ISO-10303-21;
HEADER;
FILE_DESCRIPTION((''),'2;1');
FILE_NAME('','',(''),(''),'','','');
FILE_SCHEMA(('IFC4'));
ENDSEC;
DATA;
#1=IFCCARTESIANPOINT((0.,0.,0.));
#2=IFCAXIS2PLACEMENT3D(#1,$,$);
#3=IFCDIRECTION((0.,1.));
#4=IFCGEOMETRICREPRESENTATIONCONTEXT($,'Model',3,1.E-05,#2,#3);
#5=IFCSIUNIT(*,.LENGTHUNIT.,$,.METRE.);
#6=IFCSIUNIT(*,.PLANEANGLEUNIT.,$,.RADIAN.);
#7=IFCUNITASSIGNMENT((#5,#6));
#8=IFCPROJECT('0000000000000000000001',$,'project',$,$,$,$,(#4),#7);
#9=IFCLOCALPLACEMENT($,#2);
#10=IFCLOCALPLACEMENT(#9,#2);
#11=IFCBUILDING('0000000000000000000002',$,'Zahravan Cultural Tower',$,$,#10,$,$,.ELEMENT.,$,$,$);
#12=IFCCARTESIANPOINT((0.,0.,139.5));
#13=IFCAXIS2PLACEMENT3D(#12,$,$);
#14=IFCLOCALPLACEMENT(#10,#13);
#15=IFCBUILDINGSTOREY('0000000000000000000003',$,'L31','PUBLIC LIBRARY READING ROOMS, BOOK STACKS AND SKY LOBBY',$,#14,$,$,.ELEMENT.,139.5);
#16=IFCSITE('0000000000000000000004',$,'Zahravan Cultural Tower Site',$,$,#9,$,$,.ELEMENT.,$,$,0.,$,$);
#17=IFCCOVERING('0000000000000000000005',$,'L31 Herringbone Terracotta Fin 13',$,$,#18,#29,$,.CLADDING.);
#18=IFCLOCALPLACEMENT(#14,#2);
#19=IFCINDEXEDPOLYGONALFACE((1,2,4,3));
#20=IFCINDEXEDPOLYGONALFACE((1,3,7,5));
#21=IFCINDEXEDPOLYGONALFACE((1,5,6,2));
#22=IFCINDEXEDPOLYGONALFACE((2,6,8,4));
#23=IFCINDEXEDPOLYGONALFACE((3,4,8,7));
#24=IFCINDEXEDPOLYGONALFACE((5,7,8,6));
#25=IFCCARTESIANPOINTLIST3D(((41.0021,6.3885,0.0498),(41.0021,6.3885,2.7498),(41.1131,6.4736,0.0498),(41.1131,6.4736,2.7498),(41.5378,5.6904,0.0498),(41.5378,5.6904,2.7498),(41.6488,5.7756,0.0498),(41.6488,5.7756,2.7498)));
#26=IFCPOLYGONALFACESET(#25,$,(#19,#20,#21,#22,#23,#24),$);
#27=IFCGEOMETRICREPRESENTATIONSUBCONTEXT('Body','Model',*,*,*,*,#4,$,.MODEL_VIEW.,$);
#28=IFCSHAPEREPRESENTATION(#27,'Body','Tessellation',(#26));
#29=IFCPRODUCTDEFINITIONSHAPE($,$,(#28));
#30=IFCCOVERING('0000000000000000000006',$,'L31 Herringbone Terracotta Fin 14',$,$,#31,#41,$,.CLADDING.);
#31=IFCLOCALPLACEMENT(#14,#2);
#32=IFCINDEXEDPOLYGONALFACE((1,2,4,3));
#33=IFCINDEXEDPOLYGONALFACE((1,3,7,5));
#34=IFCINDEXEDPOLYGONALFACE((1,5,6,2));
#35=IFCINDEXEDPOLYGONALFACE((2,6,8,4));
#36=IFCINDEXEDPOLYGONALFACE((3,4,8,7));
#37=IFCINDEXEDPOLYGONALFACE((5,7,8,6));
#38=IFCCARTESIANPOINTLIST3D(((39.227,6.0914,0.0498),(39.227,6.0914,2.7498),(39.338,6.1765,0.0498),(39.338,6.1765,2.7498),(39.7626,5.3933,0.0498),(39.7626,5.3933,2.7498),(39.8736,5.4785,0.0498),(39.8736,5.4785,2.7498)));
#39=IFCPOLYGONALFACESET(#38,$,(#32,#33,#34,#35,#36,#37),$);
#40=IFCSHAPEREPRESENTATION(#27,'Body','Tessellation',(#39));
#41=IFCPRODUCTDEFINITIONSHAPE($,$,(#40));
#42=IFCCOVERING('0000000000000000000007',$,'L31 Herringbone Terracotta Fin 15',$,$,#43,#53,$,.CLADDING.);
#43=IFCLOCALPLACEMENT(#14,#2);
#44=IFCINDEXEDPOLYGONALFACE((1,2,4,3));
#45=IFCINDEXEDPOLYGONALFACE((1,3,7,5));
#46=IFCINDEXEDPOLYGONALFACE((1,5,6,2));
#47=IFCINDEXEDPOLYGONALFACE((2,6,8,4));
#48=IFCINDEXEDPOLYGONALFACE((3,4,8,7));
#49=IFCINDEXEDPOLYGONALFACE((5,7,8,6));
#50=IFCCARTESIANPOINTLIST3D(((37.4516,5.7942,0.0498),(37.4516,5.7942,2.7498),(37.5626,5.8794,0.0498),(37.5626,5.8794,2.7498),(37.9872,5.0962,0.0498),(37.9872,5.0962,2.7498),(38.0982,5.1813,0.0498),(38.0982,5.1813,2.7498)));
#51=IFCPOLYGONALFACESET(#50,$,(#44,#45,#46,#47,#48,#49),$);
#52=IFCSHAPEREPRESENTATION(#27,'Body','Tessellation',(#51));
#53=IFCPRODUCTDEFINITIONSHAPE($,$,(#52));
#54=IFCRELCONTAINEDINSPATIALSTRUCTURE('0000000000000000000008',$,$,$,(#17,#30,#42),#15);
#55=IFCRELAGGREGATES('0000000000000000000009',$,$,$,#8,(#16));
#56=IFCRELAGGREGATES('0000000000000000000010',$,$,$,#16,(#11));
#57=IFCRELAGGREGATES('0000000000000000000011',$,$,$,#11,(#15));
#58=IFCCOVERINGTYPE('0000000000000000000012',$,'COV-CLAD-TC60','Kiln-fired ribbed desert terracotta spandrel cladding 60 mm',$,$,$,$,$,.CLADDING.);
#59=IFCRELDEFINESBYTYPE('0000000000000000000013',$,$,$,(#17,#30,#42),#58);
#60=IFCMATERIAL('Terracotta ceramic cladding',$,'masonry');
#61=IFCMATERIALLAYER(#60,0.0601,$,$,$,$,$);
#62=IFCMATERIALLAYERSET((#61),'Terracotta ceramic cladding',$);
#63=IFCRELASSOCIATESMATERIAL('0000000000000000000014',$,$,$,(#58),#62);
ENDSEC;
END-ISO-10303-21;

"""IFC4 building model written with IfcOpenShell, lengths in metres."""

from ifc_helpers import new_model, si_unit, direction, frame, origin, origin_2d, place, context, subcontext, project, spatial, rectangle, extrude, source, transform, mapped, material, layer, layer_set, type_object, element, save


model = new_model("IFC4")

# Units and contexts
model_context = context("Model", 3, precision=1e-05, world=origin(), true_north=direction((0.0, 1.0)))
body_context = subcontext(model_context, "Body", "Model", "MODEL_VIEW")
ifc_project = project(units=[si_unit("LENGTHUNIT", "METRE"), si_unit("PLANEANGLEUNIT", "RADIAN")], contexts=[model_context])

# Site, building, storey
site_placement = place(None, origin())
site = spatial("IfcSite", under=ifc_project, at=site_placement, Name="Zahravan Cultural Tower Site", CompositionType="ELEMENT", RefElevation=0.0)
building_placement = place(site_placement, origin())
building = spatial("IfcBuilding", under=site, at=building_placement, Name="Zahravan Cultural Tower", CompositionType="ELEMENT")
storey_placement = place(building_placement, frame((0.0, 0.0, 139.5)))
storey = spatial("IfcBuildingStorey", under=building, at=storey_placement, Name="L31", Description="PUBLIC LIBRARY READING ROOMS, BOOK STACKS AND SKY LOBBY", CompositionType="ELEMENT", Elevation=139.5)

# Coverings
ifc_material_1 = material(Name="Terracotta ceramic cladding", Category="masonry")
ifc_layer_1 = layer(ifc_material_1, 0.0601)
ifc_layer_set_1 = layer_set([ifc_layer_1], Name="Terracotta ceramic cladding")
covering_type = type_object("IfcCoveringType", Name="COV-CLAD-TC60", Description="Kiln-fired ribbed desert terracotta spandrel cladding 60 mm", PredefinedType="CLADDING", material=ifc_layer_set_1)
shared_shape_1 = source(origin(), body_context, "Body", "SweptSolid", [
    extrude(rectangle(XDim=0.8799, YDim=0.1399, at=origin_2d()), origin(), (0.0, 0.0, 1.0), 2.7),
])
for number, where, z_axis, x_axis, name in (
    (1, (41.3254, 6.082, 0.0498), (0.0, 0.0, 1.0), (0.608761, -0.793353, 0.0), "L31 Herringbone Terracotta Fin 13"),
    (2, (39.5503, 5.7849, 0.0498), (0.0, 0.0, 1.0), (0.608761, -0.793353, 0.0), "L31 Herringbone Terracotta Fin 14"),
    (3, (37.7749, 5.4878, 0.0498), (0.0, 0.0, 1.0), (0.608761, -0.793353, 0.0), "L31 Herringbone Terracotta Fin 15"),
):
    element("IfcCovering", number, at=place(storey_placement, frame(where, z_axis=z_axis, x_axis=x_axis)), inside=storey, type_object=covering_type, Name=name, PredefinedType="CLADDING", context=body_context, shape_type="MappedRepresentation", body=[
        mapped(shared_shape_1, transform((0.0, 0.0, 0.0), x_axis=(1.0, 0.0, 0.0), y_axis=(0.0, 1.0, 0.0), z_axis=(0.0, 0.0, 1.0), scale=1.0)),
    ])

save(model, "model.ifc")
